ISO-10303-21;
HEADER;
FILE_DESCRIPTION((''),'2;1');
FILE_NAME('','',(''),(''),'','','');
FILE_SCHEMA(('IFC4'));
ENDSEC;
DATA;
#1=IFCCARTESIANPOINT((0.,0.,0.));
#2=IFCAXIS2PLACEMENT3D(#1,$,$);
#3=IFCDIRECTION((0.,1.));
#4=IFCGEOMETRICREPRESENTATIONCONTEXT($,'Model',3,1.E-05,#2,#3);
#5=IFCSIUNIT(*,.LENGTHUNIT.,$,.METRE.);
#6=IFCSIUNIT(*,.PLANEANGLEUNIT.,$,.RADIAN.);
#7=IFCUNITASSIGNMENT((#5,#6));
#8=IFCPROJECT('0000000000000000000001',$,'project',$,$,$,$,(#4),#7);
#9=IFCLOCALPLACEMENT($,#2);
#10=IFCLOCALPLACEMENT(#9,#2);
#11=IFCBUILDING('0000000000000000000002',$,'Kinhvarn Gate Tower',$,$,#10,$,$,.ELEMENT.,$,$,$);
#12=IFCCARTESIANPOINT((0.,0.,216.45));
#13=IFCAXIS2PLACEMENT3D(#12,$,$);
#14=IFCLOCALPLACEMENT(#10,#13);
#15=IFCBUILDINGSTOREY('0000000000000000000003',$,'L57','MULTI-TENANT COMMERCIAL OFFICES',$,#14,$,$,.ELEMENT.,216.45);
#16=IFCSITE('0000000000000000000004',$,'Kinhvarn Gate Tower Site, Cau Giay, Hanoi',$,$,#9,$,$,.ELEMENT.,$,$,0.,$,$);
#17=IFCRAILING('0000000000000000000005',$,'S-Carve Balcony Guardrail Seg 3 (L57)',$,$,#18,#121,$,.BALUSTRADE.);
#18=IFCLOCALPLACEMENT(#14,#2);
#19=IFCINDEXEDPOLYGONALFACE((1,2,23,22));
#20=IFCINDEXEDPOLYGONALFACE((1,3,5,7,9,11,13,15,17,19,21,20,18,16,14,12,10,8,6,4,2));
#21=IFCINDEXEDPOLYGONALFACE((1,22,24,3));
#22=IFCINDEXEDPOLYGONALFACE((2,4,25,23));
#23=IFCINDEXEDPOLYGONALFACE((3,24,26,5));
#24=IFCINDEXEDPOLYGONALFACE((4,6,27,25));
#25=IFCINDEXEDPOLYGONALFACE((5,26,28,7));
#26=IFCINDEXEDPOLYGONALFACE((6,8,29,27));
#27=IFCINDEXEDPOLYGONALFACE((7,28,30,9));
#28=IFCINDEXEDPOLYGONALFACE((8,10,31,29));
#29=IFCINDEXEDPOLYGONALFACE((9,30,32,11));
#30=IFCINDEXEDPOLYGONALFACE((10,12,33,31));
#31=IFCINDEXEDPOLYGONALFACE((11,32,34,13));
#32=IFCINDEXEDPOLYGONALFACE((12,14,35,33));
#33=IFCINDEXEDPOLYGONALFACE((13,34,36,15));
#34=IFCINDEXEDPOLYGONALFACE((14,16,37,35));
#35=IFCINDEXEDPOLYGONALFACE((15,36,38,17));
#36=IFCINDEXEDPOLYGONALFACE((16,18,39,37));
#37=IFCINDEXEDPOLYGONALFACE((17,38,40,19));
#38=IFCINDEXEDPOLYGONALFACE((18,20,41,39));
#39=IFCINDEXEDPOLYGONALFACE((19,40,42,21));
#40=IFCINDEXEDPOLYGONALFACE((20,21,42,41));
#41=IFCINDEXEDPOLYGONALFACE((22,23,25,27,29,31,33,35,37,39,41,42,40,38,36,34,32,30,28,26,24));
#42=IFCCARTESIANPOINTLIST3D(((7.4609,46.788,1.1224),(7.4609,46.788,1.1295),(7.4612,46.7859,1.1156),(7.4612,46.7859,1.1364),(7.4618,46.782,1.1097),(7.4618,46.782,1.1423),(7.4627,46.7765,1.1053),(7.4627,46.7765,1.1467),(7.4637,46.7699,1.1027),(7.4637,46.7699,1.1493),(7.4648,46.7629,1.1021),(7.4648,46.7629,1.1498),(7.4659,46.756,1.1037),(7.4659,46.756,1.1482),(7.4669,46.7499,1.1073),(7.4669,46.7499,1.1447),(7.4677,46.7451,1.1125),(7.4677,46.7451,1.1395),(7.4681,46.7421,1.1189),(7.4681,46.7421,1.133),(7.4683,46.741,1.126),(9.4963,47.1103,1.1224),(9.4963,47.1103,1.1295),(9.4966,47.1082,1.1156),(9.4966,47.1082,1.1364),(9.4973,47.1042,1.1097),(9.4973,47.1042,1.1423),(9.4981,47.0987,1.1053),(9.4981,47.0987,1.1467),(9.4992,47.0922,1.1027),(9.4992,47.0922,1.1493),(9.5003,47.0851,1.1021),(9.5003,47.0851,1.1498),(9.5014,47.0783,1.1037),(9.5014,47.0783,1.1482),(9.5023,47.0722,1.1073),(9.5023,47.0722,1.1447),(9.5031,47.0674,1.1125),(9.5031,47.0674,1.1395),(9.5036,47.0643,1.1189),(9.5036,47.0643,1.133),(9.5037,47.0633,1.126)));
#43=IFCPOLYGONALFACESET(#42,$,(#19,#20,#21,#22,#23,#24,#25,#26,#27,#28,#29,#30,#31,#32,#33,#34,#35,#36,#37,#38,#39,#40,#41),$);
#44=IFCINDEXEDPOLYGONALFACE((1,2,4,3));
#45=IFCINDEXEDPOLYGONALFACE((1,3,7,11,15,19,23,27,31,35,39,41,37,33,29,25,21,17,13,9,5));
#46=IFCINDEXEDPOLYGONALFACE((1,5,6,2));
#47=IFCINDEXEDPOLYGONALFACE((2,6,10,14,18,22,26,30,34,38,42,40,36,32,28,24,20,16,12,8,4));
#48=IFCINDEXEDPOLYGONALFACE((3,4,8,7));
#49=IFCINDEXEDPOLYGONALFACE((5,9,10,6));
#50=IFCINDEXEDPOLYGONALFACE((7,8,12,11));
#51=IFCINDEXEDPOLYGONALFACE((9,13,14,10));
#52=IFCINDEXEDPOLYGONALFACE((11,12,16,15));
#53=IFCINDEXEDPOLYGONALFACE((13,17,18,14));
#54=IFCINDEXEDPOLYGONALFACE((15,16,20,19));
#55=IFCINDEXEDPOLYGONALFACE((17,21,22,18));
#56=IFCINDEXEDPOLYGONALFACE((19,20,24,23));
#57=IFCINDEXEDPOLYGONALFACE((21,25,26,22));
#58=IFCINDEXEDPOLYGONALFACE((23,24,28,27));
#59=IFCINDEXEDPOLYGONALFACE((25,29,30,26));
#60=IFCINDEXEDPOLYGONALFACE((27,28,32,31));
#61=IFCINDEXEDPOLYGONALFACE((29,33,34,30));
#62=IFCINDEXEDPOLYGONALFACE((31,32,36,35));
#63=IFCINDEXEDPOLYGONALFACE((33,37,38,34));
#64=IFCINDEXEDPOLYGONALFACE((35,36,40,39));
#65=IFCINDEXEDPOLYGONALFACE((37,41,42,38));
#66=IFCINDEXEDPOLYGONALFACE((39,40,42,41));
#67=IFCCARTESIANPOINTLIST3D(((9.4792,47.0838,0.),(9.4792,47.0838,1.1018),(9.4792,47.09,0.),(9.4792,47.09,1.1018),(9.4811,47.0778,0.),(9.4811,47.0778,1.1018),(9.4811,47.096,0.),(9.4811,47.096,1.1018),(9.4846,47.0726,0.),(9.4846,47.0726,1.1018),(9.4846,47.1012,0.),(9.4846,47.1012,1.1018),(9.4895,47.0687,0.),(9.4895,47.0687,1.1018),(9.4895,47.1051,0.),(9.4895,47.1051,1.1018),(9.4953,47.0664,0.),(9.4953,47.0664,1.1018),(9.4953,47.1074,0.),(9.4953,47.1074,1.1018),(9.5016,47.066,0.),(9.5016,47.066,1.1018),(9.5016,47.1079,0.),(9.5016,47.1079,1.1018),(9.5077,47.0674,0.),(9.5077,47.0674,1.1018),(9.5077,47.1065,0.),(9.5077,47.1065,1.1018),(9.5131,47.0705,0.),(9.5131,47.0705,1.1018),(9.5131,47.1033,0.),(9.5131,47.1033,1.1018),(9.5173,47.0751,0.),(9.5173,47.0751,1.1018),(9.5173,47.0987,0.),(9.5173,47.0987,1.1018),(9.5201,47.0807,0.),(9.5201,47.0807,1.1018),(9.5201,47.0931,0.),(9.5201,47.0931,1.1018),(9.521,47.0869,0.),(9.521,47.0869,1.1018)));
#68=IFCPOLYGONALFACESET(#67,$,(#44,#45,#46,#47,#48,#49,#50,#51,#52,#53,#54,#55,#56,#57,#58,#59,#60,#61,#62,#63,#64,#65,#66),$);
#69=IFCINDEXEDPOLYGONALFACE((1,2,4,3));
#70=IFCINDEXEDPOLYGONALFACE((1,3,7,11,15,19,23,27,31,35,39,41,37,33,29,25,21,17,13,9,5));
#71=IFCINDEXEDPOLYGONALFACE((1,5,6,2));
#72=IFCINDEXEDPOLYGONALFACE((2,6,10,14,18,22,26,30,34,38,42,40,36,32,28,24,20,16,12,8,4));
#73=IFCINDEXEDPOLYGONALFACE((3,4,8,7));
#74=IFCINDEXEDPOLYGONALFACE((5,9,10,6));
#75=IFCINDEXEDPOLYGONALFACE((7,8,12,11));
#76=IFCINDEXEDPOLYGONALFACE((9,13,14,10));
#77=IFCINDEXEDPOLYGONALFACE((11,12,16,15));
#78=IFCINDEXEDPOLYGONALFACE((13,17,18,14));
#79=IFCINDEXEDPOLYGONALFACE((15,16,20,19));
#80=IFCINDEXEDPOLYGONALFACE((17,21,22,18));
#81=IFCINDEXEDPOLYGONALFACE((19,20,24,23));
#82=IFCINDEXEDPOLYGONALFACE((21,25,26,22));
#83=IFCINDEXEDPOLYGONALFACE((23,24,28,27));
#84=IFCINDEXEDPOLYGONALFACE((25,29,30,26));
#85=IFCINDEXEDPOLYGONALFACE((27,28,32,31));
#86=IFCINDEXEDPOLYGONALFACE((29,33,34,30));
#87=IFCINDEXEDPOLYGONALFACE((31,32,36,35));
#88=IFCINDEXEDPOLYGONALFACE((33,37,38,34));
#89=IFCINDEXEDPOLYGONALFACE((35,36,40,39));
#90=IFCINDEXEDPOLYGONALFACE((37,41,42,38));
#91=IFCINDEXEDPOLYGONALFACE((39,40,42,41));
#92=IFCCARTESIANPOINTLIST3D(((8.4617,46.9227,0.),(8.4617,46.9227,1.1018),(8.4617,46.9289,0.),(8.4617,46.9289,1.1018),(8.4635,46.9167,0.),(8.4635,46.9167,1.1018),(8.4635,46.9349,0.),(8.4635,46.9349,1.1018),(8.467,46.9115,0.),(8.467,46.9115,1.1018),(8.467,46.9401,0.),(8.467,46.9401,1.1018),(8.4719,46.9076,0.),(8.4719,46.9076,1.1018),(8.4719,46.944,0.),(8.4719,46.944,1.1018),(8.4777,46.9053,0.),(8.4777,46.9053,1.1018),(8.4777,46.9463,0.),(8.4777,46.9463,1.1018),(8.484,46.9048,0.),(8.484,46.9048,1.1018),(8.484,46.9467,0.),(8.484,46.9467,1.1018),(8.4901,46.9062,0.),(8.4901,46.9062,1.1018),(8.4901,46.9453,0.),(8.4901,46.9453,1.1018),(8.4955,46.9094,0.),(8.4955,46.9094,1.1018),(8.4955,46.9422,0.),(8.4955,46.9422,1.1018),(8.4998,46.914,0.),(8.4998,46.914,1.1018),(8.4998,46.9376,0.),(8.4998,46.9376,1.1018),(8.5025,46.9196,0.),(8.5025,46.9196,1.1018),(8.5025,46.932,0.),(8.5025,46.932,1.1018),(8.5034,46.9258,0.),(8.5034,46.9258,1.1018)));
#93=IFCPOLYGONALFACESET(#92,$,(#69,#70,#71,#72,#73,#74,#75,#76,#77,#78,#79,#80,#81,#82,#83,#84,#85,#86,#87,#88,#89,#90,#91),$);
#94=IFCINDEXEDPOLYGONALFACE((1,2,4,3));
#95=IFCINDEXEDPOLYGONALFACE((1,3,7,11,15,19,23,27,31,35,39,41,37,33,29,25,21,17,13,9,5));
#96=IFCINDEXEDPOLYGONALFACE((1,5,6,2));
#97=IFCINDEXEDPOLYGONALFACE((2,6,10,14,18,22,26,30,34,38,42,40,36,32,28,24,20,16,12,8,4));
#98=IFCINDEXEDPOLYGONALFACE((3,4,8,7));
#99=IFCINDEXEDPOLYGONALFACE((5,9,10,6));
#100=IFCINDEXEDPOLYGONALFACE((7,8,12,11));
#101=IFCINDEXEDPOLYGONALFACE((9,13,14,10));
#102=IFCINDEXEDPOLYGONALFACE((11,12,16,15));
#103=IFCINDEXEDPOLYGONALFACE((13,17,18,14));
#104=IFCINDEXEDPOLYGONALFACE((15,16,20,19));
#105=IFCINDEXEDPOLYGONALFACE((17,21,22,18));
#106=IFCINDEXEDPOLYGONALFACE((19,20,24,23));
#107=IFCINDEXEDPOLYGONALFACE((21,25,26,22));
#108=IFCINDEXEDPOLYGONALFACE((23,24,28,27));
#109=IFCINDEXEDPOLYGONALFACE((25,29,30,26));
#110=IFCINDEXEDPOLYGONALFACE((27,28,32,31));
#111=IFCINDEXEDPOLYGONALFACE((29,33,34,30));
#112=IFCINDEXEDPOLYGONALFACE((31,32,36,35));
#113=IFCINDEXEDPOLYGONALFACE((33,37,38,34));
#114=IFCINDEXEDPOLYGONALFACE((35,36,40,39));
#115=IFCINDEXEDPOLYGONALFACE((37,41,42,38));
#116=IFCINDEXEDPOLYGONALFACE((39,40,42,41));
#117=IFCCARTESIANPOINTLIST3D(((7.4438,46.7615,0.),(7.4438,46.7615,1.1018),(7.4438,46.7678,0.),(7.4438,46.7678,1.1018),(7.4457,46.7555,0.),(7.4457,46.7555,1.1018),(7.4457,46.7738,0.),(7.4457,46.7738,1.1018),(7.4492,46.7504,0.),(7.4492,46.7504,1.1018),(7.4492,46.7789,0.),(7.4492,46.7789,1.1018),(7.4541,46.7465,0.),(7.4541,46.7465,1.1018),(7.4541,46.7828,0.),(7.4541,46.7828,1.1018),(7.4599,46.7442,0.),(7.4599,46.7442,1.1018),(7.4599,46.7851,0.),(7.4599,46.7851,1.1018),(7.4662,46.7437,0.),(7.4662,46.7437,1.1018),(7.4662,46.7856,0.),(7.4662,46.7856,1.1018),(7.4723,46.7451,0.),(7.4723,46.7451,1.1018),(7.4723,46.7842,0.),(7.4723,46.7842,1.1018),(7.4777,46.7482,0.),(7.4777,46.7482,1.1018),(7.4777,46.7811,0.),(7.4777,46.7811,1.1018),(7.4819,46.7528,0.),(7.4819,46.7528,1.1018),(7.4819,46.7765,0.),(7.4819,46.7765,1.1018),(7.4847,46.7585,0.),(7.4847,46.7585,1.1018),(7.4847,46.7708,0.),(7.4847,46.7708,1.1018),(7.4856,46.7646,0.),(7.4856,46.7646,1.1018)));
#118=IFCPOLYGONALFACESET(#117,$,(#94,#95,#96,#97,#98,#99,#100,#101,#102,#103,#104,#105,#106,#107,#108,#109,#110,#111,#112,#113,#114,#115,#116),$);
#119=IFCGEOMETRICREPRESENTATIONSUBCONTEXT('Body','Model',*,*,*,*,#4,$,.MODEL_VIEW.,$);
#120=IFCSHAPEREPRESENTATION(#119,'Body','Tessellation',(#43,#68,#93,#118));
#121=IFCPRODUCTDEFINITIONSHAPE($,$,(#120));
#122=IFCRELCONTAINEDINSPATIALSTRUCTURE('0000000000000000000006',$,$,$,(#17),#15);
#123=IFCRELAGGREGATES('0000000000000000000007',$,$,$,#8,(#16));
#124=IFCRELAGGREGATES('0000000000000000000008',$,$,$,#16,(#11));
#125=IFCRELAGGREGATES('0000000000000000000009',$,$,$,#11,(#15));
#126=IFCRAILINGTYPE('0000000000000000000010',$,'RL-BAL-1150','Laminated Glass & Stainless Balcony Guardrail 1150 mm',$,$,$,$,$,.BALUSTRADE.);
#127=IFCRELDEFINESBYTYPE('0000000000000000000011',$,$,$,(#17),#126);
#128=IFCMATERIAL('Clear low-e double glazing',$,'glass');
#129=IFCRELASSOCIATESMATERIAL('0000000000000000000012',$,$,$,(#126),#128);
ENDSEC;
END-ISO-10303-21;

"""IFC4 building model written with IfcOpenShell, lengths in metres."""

from ifc_helpers import new_model, si_unit, direction, frame, origin, origin_2d, place, context, subcontext, project, spatial, circle, extrude, material, type_object, element, save


model = new_model("IFC4")

# Units and contexts
model_context = context("Model", 3, precision=1e-05, world=origin(), true_north=direction((0.0, 1.0)))
body_context = subcontext(model_context, "Body", "Model", "MODEL_VIEW")
ifc_project = project(units=[si_unit("LENGTHUNIT", "METRE"), si_unit("PLANEANGLEUNIT", "RADIAN")], contexts=[model_context])

# Site, building, storey
site_placement = place(None, origin())
site = spatial("IfcSite", under=ifc_project, at=site_placement, Name="Kinhvarn Gate Tower Site, Cau Giay, Hanoi", CompositionType="ELEMENT", RefElevation=0.0)
building_placement = place(site_placement, origin())
building = spatial("IfcBuilding", under=site, at=building_placement, Name="Kinhvarn Gate Tower", CompositionType="ELEMENT")
storey_placement = place(building_placement, frame((0.0, 0.0, 216.45)))
storey = spatial("IfcBuildingStorey", under=building, at=storey_placement, Name="L57", Description="MULTI-TENANT COMMERCIAL OFFICES", CompositionType="ELEMENT", Elevation=216.45)

# Shared definitions
ifc_material_1 = material(Name="Clear low-e double glazing", Category="glass")

# Railing
railing_type = type_object("IfcRailingType", Name="RL-BAL-1150", Description="Laminated Glass & Stainless Balcony Guardrail 1150 mm", PredefinedType="BALUSTRADE", material=ifc_material_1)
railing_1_placement = place(storey_placement, frame((9.5, 47.0869, 0.0)))
element("IfcRailing", 1, at=railing_1_placement, inside=storey, type_object=railing_type, Name="S-Carve Balcony Guardrail Seg 3 (L57)", PredefinedType="BALUSTRADE", context=body_context, shape_type="SweptSolid", body=[
    extrude(circle(Radius=0.0239, at=origin_2d()), frame((0.0, 0.0, 1.126), z_axis=(-0.987697, -0.156382, 0.0), x_axis=(0.156382, -0.987697, 0.0)), (0.0, 0.0, 1.0), 2.0608),
    extrude(circle(Radius=0.021, at=origin_2d()), origin(), (0.0, 0.0, 1.0), 1.1018),
    extrude(circle(Radius=0.021, at=origin_2d()), frame((-1.0176, -0.1611, 0.0)), (0.0, 0.0, 1.0), 1.1018),
    extrude(circle(Radius=0.021, at=origin_2d()), frame((-2.0354, -0.3223, 0.0)), (0.0, 0.0, 1.0), 1.1018),
])

save(model, "model.ifc")
